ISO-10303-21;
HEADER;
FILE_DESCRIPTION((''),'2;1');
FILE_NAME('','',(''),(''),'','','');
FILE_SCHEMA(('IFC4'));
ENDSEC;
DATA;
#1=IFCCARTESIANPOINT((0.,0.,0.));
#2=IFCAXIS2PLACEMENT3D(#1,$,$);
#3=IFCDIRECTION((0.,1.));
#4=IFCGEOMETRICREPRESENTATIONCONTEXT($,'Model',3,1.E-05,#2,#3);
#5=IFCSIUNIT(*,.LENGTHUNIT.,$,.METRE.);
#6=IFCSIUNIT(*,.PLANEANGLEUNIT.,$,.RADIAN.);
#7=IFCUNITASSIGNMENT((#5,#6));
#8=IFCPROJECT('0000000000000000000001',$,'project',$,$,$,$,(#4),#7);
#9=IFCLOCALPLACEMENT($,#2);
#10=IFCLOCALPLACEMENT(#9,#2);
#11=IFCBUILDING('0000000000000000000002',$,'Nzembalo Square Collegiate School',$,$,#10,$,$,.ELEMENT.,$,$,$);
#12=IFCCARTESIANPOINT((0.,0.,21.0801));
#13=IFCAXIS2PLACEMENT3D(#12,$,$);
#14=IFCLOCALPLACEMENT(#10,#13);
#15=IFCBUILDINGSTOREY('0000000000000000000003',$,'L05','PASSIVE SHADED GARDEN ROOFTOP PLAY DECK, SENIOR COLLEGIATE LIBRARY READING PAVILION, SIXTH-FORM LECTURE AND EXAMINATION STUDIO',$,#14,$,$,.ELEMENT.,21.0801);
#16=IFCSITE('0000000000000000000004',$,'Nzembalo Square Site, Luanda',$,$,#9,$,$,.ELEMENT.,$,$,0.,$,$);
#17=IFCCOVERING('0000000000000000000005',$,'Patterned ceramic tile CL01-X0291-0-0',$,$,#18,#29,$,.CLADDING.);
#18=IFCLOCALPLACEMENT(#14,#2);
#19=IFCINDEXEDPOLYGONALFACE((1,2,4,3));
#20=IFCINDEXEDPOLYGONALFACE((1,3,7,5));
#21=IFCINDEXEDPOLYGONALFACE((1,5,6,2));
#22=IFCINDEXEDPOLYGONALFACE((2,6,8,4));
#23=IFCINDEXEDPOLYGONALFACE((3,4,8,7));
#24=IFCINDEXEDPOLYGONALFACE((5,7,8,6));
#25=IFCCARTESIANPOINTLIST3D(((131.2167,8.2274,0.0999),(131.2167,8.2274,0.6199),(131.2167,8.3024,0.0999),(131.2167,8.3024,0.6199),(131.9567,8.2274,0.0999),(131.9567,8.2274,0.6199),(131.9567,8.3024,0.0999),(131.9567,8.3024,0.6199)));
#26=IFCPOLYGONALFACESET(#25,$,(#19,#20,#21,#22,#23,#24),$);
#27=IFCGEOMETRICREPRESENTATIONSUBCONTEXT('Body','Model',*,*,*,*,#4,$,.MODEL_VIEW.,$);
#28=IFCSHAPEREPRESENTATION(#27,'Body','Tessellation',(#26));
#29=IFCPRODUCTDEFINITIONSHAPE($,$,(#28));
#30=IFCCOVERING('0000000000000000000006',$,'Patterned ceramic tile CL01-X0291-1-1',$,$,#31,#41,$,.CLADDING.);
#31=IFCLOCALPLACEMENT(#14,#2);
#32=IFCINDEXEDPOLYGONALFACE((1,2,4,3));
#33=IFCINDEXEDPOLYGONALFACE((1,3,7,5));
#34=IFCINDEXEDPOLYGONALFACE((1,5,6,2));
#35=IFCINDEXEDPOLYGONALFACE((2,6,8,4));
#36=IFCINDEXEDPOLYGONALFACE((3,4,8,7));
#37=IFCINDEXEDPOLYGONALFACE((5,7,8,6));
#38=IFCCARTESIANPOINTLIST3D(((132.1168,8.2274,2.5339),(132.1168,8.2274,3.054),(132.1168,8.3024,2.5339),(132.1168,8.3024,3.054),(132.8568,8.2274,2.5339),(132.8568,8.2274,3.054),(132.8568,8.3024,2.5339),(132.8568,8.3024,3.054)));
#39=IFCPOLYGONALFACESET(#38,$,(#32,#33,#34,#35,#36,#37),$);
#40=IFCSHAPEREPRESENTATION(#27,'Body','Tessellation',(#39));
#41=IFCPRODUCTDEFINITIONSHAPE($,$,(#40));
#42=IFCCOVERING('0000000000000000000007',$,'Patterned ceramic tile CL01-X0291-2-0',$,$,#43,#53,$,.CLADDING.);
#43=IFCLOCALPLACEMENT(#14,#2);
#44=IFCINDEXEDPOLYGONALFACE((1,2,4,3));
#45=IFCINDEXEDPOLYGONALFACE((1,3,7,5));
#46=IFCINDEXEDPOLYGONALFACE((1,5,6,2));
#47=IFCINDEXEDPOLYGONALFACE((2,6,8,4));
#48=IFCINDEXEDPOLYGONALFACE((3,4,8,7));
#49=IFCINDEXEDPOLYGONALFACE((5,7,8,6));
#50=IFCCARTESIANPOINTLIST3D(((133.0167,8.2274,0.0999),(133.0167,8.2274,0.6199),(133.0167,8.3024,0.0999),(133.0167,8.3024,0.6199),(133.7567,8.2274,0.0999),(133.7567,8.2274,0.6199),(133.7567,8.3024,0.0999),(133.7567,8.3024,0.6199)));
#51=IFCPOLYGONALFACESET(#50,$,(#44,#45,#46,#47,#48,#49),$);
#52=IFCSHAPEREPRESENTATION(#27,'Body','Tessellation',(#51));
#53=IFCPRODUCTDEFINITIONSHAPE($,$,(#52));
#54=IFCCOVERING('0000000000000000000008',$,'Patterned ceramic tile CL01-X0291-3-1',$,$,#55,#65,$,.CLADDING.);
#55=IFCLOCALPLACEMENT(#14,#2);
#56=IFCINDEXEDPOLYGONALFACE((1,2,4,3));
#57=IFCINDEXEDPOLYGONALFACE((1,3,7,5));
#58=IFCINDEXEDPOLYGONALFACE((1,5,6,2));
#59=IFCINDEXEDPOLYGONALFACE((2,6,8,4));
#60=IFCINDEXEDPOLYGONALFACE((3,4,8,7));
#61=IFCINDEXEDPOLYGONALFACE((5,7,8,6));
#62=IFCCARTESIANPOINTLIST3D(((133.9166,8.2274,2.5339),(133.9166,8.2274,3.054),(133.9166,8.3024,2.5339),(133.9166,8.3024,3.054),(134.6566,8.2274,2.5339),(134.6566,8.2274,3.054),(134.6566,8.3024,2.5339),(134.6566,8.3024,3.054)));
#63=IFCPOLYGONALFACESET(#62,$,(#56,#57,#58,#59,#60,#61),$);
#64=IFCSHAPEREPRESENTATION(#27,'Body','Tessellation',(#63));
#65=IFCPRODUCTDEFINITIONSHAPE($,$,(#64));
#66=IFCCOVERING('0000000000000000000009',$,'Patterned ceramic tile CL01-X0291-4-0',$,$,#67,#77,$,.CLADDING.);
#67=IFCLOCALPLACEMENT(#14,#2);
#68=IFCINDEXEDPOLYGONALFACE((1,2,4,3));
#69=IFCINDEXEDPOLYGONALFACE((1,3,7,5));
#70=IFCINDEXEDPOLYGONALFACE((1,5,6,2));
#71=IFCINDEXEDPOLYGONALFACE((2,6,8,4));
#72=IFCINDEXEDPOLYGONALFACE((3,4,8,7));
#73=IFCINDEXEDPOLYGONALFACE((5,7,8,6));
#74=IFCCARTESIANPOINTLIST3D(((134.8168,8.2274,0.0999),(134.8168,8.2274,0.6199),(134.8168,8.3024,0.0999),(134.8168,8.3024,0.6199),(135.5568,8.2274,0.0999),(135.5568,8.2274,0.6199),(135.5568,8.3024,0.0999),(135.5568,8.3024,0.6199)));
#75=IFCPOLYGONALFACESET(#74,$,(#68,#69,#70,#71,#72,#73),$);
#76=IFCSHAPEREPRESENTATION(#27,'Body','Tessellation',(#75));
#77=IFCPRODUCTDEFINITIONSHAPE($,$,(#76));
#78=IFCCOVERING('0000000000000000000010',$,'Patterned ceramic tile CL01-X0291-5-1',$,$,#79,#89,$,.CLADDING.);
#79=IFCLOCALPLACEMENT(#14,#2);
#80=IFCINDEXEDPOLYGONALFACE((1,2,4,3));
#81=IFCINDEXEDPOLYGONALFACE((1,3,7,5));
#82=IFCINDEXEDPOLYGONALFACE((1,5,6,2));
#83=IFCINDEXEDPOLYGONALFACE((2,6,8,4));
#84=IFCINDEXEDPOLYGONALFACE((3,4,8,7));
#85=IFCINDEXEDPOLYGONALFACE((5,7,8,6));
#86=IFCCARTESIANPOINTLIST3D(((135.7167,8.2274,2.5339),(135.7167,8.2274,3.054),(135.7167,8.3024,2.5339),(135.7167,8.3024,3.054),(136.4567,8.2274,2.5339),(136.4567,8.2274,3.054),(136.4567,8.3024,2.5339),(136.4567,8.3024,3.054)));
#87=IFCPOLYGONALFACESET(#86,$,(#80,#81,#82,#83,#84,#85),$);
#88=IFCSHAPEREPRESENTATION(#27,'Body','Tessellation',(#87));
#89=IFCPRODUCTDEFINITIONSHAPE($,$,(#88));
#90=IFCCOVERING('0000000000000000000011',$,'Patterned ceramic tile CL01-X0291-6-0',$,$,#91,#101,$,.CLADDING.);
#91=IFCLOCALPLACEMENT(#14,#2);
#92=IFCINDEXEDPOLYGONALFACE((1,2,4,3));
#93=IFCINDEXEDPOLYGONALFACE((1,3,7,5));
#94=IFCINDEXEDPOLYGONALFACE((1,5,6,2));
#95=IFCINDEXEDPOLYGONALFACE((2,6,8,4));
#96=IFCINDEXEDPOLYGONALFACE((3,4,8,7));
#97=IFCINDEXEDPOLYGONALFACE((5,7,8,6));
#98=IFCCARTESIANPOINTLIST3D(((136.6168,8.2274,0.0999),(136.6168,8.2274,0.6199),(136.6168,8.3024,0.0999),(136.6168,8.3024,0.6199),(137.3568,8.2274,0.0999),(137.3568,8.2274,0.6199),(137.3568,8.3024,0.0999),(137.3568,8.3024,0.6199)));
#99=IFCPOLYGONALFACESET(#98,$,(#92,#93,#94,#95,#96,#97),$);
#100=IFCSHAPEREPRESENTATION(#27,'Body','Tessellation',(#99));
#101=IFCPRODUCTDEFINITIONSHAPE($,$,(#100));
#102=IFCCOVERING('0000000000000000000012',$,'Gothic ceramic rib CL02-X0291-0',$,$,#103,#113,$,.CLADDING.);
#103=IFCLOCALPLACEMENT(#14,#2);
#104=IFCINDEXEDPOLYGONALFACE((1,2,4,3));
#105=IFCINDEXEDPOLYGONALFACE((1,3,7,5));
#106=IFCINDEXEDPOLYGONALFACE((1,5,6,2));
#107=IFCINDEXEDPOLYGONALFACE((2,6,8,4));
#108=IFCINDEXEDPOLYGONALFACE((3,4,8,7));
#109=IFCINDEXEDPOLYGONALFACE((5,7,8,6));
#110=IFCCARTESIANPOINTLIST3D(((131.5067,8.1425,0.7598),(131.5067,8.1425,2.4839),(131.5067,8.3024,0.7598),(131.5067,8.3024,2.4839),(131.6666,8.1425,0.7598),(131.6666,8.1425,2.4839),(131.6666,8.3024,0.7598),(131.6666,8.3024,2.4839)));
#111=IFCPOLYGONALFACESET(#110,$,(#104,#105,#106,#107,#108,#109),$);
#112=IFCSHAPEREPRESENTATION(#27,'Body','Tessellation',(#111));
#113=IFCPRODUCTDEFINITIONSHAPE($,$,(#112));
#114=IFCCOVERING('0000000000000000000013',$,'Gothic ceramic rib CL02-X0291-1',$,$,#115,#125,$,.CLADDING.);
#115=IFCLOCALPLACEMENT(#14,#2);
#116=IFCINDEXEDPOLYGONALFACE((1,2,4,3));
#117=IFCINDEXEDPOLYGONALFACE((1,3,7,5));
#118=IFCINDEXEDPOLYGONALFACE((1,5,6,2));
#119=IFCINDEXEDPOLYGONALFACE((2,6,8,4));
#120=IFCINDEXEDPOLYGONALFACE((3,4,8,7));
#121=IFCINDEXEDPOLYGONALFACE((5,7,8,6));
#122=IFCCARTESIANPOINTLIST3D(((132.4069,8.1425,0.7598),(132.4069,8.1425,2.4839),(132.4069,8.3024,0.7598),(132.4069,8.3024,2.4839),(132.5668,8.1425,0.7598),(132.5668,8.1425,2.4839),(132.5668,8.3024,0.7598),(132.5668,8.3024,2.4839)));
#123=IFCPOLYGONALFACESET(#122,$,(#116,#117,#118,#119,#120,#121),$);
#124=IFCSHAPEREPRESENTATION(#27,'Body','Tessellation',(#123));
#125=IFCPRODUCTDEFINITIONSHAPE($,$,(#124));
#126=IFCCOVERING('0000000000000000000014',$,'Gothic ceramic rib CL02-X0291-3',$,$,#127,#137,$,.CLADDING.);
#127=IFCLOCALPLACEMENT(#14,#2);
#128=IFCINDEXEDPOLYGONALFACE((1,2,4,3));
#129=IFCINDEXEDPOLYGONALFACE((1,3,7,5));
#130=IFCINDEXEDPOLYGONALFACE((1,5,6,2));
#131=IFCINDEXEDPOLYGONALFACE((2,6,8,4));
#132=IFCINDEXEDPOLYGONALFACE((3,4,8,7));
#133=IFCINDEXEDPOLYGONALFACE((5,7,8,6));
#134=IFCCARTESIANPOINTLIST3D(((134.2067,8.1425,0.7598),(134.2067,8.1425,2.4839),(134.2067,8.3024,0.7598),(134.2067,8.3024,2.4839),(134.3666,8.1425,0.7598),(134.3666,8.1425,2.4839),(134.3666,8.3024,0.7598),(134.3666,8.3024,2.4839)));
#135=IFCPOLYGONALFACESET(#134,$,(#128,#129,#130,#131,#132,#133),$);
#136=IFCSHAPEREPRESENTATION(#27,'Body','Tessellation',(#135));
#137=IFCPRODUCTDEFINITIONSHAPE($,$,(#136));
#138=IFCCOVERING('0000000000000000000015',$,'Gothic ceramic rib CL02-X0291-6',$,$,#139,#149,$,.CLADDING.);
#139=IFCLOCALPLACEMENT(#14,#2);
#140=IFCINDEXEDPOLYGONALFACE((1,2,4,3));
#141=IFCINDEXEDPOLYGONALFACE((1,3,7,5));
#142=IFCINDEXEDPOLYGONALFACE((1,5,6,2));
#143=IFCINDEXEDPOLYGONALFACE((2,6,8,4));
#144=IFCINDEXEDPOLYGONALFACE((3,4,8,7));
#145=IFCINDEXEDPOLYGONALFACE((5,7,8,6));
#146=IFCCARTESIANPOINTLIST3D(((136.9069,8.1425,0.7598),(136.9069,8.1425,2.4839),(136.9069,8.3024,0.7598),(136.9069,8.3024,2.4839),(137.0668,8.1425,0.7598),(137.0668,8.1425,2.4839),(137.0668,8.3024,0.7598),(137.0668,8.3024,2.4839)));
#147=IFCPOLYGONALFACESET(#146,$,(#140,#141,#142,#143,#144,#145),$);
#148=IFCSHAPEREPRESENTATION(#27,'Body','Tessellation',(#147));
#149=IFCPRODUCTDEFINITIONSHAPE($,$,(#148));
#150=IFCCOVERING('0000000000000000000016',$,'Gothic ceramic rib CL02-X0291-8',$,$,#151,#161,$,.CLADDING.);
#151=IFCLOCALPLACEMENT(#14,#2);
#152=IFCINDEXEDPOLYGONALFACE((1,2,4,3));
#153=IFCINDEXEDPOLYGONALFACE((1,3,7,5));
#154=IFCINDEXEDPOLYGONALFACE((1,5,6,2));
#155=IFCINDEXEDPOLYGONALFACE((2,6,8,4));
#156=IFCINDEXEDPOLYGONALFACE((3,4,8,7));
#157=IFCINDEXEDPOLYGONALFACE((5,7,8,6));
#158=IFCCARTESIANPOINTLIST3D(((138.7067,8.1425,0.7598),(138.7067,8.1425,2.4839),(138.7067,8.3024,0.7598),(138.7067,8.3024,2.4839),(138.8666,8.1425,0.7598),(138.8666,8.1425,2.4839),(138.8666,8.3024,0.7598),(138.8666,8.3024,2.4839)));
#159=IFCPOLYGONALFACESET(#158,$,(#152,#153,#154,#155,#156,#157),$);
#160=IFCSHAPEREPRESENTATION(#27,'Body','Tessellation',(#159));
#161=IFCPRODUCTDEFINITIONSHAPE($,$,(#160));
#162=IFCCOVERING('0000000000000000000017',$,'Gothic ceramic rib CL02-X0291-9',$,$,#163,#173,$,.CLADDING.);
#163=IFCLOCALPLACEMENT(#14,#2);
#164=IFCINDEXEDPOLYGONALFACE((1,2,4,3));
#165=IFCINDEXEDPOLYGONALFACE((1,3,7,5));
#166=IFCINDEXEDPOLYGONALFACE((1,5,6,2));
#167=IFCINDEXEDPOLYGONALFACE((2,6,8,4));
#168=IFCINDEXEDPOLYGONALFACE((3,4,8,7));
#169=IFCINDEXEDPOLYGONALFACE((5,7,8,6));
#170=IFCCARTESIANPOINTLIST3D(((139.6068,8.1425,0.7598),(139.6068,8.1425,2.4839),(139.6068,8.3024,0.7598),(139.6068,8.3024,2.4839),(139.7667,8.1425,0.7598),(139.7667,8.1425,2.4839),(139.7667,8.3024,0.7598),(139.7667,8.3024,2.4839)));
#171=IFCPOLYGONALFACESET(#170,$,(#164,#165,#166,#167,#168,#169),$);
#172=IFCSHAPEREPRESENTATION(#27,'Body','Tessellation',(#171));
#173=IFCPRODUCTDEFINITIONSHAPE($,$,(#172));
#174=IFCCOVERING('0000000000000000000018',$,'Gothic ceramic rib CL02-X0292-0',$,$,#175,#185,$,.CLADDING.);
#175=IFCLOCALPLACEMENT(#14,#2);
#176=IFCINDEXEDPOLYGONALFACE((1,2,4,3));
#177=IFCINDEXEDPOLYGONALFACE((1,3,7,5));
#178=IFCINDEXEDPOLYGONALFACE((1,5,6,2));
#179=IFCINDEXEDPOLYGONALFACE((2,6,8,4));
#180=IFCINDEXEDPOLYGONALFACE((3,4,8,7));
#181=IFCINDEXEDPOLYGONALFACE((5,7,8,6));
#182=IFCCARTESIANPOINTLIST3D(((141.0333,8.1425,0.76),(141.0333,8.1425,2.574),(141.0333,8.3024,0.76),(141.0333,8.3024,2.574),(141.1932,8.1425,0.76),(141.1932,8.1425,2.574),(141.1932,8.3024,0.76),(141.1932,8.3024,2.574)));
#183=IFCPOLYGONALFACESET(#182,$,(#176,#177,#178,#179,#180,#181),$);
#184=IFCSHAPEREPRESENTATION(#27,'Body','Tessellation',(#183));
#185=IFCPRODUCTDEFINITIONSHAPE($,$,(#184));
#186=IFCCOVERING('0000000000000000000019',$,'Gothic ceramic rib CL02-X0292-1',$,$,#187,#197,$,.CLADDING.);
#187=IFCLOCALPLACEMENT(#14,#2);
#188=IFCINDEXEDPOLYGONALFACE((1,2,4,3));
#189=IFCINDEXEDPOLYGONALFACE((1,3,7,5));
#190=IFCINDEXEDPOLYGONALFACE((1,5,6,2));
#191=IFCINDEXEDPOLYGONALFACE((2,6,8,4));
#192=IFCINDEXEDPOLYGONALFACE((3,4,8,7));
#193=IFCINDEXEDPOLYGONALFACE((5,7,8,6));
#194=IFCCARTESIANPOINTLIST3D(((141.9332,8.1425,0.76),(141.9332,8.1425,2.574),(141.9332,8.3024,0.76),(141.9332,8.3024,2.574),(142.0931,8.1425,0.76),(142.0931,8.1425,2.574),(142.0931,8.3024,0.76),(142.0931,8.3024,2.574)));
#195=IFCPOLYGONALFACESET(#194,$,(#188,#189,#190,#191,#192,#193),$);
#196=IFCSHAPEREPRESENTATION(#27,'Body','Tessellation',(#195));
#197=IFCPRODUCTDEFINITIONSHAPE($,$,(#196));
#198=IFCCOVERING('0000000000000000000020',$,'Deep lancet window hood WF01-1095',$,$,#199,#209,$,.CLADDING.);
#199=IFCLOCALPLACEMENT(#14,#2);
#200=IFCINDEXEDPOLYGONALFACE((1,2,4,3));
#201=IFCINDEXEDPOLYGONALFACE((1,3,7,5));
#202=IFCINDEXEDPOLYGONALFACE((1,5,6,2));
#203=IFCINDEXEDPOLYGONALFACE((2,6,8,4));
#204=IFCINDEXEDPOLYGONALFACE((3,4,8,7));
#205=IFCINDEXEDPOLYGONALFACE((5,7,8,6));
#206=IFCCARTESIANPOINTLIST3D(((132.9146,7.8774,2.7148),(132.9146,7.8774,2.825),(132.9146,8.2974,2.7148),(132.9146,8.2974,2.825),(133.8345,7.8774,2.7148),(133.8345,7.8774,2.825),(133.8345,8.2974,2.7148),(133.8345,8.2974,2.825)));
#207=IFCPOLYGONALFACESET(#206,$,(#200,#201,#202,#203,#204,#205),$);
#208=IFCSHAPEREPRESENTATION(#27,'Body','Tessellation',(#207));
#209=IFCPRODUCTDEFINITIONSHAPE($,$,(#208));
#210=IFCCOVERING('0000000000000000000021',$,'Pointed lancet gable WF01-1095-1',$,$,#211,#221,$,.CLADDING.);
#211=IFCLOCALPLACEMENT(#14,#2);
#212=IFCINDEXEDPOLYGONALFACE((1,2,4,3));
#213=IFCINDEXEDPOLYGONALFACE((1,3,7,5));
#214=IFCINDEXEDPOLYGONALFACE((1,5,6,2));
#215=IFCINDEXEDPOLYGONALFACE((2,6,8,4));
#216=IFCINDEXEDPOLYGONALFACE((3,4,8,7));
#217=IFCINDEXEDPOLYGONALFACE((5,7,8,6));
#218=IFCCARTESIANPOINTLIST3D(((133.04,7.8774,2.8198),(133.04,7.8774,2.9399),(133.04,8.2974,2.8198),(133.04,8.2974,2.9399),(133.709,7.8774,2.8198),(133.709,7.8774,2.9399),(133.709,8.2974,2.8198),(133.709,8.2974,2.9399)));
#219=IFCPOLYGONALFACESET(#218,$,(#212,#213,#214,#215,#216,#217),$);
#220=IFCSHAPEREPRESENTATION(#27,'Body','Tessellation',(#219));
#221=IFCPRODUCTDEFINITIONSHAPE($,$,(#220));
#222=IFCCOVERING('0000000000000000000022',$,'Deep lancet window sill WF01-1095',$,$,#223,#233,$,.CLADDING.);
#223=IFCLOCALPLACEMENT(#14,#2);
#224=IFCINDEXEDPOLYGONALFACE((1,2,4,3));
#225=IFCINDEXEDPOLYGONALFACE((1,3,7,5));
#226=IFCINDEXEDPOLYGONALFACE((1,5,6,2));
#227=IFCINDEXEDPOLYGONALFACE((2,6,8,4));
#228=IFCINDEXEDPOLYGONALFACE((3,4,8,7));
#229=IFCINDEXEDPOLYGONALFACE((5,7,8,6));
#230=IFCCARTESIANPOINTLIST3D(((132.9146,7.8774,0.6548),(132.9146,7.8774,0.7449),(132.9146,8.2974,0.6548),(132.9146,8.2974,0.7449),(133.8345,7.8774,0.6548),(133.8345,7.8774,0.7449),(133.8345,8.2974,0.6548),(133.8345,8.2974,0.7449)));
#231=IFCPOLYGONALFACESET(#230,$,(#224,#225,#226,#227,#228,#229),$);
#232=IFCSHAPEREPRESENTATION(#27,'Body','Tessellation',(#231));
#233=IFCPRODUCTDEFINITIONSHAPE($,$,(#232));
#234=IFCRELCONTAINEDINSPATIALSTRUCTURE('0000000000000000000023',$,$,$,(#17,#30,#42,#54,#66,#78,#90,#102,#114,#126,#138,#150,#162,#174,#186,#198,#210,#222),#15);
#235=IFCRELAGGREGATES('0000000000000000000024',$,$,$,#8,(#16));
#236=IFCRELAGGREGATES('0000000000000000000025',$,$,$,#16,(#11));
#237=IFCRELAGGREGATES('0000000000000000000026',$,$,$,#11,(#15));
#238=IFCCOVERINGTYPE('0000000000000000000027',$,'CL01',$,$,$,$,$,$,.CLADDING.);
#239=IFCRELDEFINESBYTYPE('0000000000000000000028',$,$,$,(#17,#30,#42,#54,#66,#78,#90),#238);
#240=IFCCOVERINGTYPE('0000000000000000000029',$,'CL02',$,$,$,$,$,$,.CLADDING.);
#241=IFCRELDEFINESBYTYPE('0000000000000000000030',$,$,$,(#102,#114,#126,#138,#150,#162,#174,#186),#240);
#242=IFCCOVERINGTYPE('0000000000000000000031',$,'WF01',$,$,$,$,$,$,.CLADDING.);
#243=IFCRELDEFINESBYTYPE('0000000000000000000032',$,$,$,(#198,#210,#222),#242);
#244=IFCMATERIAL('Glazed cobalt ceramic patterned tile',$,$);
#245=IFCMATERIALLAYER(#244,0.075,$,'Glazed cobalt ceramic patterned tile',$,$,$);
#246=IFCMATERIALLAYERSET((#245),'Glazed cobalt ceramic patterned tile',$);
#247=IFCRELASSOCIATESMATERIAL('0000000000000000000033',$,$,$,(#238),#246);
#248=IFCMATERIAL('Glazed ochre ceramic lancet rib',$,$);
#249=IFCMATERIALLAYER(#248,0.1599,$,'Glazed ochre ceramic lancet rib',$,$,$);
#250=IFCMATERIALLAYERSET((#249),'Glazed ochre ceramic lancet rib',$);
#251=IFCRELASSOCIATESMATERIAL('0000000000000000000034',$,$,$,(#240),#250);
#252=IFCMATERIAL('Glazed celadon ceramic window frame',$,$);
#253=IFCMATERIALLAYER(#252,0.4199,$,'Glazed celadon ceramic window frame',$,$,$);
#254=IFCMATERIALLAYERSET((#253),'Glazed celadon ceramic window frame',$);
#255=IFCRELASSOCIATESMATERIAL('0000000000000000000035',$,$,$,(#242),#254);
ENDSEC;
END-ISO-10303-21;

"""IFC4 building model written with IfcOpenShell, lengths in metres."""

from ifc_helpers import new_model, si_unit, direction, frame, origin, origin_2d, place, context, subcontext, project, spatial, rectangle, extrude, material, layer, layer_set, type_object, element, save


model = new_model("IFC4")

# Units and contexts
model_context = context("Model", 3, precision=1e-05, world=origin(), true_north=direction((0.0, 1.0)))
body_context = subcontext(model_context, "Body", "Model", "MODEL_VIEW")
ifc_project = project(units=[si_unit("LENGTHUNIT", "METRE"), si_unit("PLANEANGLEUNIT", "RADIAN")], contexts=[model_context])

# Site, building, storey
site_placement = place(None, origin())
site = spatial("IfcSite", under=ifc_project, at=site_placement, Name="Nzembalo Square Site, Luanda", CompositionType="ELEMENT", RefElevation=0.0)
building_placement = place(site_placement, origin())
building = spatial("IfcBuilding", under=site, at=building_placement, Name="Nzembalo Square Collegiate School", CompositionType="ELEMENT")
storey_placement = place(building_placement, frame((0.0, 0.0, 21.0801)))
storey = spatial("IfcBuildingStorey", under=building, at=storey_placement, Name="L05", Description="PASSIVE SHADED GARDEN ROOFTOP PLAY DECK, SENIOR COLLEGIATE LIBRARY READING PAVILION, SIXTH-FORM LECTURE AND EXAMINATION STUDIO", CompositionType="ELEMENT", Elevation=21.0801)

# Coverings
ifc_material_1 = material(Name="Glazed cobalt ceramic patterned tile")
ifc_layer_1 = layer(ifc_material_1, 0.075, Name="Glazed cobalt ceramic patterned tile")
ifc_layer_set_1 = layer_set([ifc_layer_1], Name="Glazed cobalt ceramic patterned tile")
covering_type_1 = type_object("IfcCoveringType", Name="CL01", PredefinedType="CLADDING", material=ifc_layer_set_1)
for number, where, z_axis, x_axis, name in (
    (1, (131.5867, 8.2649, 0.0999), (0.0, 0.0, 1.0), (1.0, 0.0, 0.0), "Patterned ceramic tile CL01-X0291-0-0"),
    (2, (132.4868, 8.2649, 2.5339), (0.0, 0.0, 1.0), (1.0, 0.0, 0.0), "Patterned ceramic tile CL01-X0291-1-1"),
    (3, (133.3867, 8.2649, 0.0999), (0.0, 0.0, 1.0), (1.0, 0.0, 0.0), "Patterned ceramic tile CL01-X0291-2-0"),
    (4, (134.2866, 8.2649, 2.5339), (0.0, 0.0, 1.0), (1.0, 0.0, 0.0), "Patterned ceramic tile CL01-X0291-3-1"),
    (5, (135.1868, 8.2649, 0.0999), (0.0, 0.0, 1.0), (1.0, 0.0, 0.0), "Patterned ceramic tile CL01-X0291-4-0"),
    (6, (136.0867, 8.2649, 2.5339), (0.0, 0.0, 1.0), (1.0, 0.0, 0.0), "Patterned ceramic tile CL01-X0291-5-1"),
    (7, (136.9868, 8.2649, 0.0999), (0.0, 0.0, 1.0), (1.0, 0.0, 0.0), "Patterned ceramic tile CL01-X0291-6-0"),
):
    element("IfcCovering", number, at=place(storey_placement, frame(where, z_axis=z_axis, x_axis=x_axis)), inside=storey, type_object=covering_type_1, Name=name, PredefinedType="CLADDING", context=body_context, shape_type="SweptSolid", body=[
        extrude(rectangle(XDim=0.74, YDim=0.075, at=origin_2d()), origin(), (0.0, 0.0, 1.0), 0.52),
    ])
ifc_material_2 = material(Name="Glazed ochre ceramic lancet rib")
ifc_layer_2 = layer(ifc_material_2, 0.1599, Name="Glazed ochre ceramic lancet rib")
ifc_layer_set_2 = layer_set([ifc_layer_2], Name="Glazed ochre ceramic lancet rib")
covering_type_2 = type_object("IfcCoveringType", Name="CL02", PredefinedType="CLADDING", material=ifc_layer_set_2)
for number, where, z_axis, x_axis, name in (
    (8, (131.5867, 8.2224, 0.7598), (0.0, 0.0, 1.0), (1.0, 0.0, 0.0), "Gothic ceramic rib CL02-X0291-0"),
    (9, (132.4868, 8.2224, 0.7598), (0.0, 0.0, 1.0), (1.0, 0.0, 0.0), "Gothic ceramic rib CL02-X0291-1"),
    (10, (134.2866, 8.2224, 0.7598), (0.0, 0.0, 1.0), (1.0, 0.0, 0.0), "Gothic ceramic rib CL02-X0291-3"),
    (11, (136.9868, 8.2224, 0.7598), (0.0, 0.0, 1.0), (1.0, 0.0, 0.0), "Gothic ceramic rib CL02-X0291-6"),
    (12, (138.7866, 8.2224, 0.7598), (0.0, 0.0, 1.0), (1.0, 0.0, 0.0), "Gothic ceramic rib CL02-X0291-8"),
    (13, (139.6868, 8.2224, 0.7598), (0.0, 0.0, 1.0), (1.0, 0.0, 0.0), "Gothic ceramic rib CL02-X0291-9"),
):
    element("IfcCovering", number, at=place(storey_placement, frame(where, z_axis=z_axis, x_axis=x_axis)), inside=storey, type_object=covering_type_2, Name=name, PredefinedType="CLADDING", context=body_context, shape_type="SweptSolid", body=[
        extrude(rectangle(XDim=0.1599, YDim=0.1599, at=origin_2d()), origin(), (0.0, 0.0, 1.0), 1.7241),
    ])
for number, where, z_axis, x_axis, name in (
    (14, (141.1133, 8.2224, 0.76), (0.0, 0.0, 1.0), (1.0, 0.0, 0.0), "Gothic ceramic rib CL02-X0292-0"),
    (15, (142.0132, 8.2224, 0.76), (0.0, 0.0, 1.0), (1.0, 0.0, 0.0), "Gothic ceramic rib CL02-X0292-1"),
):
    element("IfcCovering", number, at=place(storey_placement, frame(where, z_axis=z_axis, x_axis=x_axis)), inside=storey, type_object=covering_type_2, Name=name, PredefinedType="CLADDING", context=body_context, shape_type="SweptSolid", body=[
        extrude(rectangle(XDim=0.1599, YDim=0.1599, at=origin_2d()), origin(), (0.0, 0.0, 1.0), 1.814),
    ])
ifc_material_3 = material(Name="Glazed celadon ceramic window frame")
ifc_layer_3 = layer(ifc_material_3, 0.4199, Name="Glazed celadon ceramic window frame")
ifc_layer_set_3 = layer_set([ifc_layer_3], Name="Glazed celadon ceramic window frame")
covering_type_3 = type_object("IfcCoveringType", Name="WF01", PredefinedType="CLADDING", material=ifc_layer_set_3)
covering_1_placement = place(storey_placement, frame((133.3745, 8.0874, 2.7148), z_axis=(0.0, 0.0, 1.0), x_axis=(1.0, 0.0, 0.0)))
element("IfcCovering", 16, at=covering_1_placement, inside=storey, type_object=covering_type_3, Name="Deep lancet window hood WF01-1095", PredefinedType="CLADDING", context=body_context, shape_type="SweptSolid", body=[
    extrude(rectangle(XDim=0.9199, YDim=0.4199, at=origin_2d()), origin(), (0.0, 0.0, 1.0), 0.1101),
])
covering_2_placement = place(storey_placement, frame((133.3745, 8.0874, 2.8198), z_axis=(0.0, 0.0, 1.0), x_axis=(1.0, 0.0, 0.0)))
element("IfcCovering", 17, at=covering_2_placement, inside=storey, type_object=covering_type_3, Name="Pointed lancet gable WF01-1095-1", PredefinedType="CLADDING", context=body_context, shape_type="SweptSolid", body=[
    extrude(rectangle(XDim=0.6689, YDim=0.4199, at=origin_2d()), origin(), (0.0, 0.0, 1.0), 0.1201),
])
covering_3_placement = place(storey_placement, frame((133.3745, 8.0874, 0.6548), z_axis=(0.0, 0.0, 1.0), x_axis=(1.0, 0.0, 0.0)))
element("IfcCovering", 18, at=covering_3_placement, inside=storey, type_object=covering_type_3, Name="Deep lancet window sill WF01-1095", PredefinedType="CLADDING", context=body_context, shape_type="SweptSolid", body=[
    extrude(rectangle(XDim=0.9199, YDim=0.4199, at=origin_2d()), origin(), (0.0, 0.0, 1.0), 0.0901),
])

save(model, "model.ifc")
